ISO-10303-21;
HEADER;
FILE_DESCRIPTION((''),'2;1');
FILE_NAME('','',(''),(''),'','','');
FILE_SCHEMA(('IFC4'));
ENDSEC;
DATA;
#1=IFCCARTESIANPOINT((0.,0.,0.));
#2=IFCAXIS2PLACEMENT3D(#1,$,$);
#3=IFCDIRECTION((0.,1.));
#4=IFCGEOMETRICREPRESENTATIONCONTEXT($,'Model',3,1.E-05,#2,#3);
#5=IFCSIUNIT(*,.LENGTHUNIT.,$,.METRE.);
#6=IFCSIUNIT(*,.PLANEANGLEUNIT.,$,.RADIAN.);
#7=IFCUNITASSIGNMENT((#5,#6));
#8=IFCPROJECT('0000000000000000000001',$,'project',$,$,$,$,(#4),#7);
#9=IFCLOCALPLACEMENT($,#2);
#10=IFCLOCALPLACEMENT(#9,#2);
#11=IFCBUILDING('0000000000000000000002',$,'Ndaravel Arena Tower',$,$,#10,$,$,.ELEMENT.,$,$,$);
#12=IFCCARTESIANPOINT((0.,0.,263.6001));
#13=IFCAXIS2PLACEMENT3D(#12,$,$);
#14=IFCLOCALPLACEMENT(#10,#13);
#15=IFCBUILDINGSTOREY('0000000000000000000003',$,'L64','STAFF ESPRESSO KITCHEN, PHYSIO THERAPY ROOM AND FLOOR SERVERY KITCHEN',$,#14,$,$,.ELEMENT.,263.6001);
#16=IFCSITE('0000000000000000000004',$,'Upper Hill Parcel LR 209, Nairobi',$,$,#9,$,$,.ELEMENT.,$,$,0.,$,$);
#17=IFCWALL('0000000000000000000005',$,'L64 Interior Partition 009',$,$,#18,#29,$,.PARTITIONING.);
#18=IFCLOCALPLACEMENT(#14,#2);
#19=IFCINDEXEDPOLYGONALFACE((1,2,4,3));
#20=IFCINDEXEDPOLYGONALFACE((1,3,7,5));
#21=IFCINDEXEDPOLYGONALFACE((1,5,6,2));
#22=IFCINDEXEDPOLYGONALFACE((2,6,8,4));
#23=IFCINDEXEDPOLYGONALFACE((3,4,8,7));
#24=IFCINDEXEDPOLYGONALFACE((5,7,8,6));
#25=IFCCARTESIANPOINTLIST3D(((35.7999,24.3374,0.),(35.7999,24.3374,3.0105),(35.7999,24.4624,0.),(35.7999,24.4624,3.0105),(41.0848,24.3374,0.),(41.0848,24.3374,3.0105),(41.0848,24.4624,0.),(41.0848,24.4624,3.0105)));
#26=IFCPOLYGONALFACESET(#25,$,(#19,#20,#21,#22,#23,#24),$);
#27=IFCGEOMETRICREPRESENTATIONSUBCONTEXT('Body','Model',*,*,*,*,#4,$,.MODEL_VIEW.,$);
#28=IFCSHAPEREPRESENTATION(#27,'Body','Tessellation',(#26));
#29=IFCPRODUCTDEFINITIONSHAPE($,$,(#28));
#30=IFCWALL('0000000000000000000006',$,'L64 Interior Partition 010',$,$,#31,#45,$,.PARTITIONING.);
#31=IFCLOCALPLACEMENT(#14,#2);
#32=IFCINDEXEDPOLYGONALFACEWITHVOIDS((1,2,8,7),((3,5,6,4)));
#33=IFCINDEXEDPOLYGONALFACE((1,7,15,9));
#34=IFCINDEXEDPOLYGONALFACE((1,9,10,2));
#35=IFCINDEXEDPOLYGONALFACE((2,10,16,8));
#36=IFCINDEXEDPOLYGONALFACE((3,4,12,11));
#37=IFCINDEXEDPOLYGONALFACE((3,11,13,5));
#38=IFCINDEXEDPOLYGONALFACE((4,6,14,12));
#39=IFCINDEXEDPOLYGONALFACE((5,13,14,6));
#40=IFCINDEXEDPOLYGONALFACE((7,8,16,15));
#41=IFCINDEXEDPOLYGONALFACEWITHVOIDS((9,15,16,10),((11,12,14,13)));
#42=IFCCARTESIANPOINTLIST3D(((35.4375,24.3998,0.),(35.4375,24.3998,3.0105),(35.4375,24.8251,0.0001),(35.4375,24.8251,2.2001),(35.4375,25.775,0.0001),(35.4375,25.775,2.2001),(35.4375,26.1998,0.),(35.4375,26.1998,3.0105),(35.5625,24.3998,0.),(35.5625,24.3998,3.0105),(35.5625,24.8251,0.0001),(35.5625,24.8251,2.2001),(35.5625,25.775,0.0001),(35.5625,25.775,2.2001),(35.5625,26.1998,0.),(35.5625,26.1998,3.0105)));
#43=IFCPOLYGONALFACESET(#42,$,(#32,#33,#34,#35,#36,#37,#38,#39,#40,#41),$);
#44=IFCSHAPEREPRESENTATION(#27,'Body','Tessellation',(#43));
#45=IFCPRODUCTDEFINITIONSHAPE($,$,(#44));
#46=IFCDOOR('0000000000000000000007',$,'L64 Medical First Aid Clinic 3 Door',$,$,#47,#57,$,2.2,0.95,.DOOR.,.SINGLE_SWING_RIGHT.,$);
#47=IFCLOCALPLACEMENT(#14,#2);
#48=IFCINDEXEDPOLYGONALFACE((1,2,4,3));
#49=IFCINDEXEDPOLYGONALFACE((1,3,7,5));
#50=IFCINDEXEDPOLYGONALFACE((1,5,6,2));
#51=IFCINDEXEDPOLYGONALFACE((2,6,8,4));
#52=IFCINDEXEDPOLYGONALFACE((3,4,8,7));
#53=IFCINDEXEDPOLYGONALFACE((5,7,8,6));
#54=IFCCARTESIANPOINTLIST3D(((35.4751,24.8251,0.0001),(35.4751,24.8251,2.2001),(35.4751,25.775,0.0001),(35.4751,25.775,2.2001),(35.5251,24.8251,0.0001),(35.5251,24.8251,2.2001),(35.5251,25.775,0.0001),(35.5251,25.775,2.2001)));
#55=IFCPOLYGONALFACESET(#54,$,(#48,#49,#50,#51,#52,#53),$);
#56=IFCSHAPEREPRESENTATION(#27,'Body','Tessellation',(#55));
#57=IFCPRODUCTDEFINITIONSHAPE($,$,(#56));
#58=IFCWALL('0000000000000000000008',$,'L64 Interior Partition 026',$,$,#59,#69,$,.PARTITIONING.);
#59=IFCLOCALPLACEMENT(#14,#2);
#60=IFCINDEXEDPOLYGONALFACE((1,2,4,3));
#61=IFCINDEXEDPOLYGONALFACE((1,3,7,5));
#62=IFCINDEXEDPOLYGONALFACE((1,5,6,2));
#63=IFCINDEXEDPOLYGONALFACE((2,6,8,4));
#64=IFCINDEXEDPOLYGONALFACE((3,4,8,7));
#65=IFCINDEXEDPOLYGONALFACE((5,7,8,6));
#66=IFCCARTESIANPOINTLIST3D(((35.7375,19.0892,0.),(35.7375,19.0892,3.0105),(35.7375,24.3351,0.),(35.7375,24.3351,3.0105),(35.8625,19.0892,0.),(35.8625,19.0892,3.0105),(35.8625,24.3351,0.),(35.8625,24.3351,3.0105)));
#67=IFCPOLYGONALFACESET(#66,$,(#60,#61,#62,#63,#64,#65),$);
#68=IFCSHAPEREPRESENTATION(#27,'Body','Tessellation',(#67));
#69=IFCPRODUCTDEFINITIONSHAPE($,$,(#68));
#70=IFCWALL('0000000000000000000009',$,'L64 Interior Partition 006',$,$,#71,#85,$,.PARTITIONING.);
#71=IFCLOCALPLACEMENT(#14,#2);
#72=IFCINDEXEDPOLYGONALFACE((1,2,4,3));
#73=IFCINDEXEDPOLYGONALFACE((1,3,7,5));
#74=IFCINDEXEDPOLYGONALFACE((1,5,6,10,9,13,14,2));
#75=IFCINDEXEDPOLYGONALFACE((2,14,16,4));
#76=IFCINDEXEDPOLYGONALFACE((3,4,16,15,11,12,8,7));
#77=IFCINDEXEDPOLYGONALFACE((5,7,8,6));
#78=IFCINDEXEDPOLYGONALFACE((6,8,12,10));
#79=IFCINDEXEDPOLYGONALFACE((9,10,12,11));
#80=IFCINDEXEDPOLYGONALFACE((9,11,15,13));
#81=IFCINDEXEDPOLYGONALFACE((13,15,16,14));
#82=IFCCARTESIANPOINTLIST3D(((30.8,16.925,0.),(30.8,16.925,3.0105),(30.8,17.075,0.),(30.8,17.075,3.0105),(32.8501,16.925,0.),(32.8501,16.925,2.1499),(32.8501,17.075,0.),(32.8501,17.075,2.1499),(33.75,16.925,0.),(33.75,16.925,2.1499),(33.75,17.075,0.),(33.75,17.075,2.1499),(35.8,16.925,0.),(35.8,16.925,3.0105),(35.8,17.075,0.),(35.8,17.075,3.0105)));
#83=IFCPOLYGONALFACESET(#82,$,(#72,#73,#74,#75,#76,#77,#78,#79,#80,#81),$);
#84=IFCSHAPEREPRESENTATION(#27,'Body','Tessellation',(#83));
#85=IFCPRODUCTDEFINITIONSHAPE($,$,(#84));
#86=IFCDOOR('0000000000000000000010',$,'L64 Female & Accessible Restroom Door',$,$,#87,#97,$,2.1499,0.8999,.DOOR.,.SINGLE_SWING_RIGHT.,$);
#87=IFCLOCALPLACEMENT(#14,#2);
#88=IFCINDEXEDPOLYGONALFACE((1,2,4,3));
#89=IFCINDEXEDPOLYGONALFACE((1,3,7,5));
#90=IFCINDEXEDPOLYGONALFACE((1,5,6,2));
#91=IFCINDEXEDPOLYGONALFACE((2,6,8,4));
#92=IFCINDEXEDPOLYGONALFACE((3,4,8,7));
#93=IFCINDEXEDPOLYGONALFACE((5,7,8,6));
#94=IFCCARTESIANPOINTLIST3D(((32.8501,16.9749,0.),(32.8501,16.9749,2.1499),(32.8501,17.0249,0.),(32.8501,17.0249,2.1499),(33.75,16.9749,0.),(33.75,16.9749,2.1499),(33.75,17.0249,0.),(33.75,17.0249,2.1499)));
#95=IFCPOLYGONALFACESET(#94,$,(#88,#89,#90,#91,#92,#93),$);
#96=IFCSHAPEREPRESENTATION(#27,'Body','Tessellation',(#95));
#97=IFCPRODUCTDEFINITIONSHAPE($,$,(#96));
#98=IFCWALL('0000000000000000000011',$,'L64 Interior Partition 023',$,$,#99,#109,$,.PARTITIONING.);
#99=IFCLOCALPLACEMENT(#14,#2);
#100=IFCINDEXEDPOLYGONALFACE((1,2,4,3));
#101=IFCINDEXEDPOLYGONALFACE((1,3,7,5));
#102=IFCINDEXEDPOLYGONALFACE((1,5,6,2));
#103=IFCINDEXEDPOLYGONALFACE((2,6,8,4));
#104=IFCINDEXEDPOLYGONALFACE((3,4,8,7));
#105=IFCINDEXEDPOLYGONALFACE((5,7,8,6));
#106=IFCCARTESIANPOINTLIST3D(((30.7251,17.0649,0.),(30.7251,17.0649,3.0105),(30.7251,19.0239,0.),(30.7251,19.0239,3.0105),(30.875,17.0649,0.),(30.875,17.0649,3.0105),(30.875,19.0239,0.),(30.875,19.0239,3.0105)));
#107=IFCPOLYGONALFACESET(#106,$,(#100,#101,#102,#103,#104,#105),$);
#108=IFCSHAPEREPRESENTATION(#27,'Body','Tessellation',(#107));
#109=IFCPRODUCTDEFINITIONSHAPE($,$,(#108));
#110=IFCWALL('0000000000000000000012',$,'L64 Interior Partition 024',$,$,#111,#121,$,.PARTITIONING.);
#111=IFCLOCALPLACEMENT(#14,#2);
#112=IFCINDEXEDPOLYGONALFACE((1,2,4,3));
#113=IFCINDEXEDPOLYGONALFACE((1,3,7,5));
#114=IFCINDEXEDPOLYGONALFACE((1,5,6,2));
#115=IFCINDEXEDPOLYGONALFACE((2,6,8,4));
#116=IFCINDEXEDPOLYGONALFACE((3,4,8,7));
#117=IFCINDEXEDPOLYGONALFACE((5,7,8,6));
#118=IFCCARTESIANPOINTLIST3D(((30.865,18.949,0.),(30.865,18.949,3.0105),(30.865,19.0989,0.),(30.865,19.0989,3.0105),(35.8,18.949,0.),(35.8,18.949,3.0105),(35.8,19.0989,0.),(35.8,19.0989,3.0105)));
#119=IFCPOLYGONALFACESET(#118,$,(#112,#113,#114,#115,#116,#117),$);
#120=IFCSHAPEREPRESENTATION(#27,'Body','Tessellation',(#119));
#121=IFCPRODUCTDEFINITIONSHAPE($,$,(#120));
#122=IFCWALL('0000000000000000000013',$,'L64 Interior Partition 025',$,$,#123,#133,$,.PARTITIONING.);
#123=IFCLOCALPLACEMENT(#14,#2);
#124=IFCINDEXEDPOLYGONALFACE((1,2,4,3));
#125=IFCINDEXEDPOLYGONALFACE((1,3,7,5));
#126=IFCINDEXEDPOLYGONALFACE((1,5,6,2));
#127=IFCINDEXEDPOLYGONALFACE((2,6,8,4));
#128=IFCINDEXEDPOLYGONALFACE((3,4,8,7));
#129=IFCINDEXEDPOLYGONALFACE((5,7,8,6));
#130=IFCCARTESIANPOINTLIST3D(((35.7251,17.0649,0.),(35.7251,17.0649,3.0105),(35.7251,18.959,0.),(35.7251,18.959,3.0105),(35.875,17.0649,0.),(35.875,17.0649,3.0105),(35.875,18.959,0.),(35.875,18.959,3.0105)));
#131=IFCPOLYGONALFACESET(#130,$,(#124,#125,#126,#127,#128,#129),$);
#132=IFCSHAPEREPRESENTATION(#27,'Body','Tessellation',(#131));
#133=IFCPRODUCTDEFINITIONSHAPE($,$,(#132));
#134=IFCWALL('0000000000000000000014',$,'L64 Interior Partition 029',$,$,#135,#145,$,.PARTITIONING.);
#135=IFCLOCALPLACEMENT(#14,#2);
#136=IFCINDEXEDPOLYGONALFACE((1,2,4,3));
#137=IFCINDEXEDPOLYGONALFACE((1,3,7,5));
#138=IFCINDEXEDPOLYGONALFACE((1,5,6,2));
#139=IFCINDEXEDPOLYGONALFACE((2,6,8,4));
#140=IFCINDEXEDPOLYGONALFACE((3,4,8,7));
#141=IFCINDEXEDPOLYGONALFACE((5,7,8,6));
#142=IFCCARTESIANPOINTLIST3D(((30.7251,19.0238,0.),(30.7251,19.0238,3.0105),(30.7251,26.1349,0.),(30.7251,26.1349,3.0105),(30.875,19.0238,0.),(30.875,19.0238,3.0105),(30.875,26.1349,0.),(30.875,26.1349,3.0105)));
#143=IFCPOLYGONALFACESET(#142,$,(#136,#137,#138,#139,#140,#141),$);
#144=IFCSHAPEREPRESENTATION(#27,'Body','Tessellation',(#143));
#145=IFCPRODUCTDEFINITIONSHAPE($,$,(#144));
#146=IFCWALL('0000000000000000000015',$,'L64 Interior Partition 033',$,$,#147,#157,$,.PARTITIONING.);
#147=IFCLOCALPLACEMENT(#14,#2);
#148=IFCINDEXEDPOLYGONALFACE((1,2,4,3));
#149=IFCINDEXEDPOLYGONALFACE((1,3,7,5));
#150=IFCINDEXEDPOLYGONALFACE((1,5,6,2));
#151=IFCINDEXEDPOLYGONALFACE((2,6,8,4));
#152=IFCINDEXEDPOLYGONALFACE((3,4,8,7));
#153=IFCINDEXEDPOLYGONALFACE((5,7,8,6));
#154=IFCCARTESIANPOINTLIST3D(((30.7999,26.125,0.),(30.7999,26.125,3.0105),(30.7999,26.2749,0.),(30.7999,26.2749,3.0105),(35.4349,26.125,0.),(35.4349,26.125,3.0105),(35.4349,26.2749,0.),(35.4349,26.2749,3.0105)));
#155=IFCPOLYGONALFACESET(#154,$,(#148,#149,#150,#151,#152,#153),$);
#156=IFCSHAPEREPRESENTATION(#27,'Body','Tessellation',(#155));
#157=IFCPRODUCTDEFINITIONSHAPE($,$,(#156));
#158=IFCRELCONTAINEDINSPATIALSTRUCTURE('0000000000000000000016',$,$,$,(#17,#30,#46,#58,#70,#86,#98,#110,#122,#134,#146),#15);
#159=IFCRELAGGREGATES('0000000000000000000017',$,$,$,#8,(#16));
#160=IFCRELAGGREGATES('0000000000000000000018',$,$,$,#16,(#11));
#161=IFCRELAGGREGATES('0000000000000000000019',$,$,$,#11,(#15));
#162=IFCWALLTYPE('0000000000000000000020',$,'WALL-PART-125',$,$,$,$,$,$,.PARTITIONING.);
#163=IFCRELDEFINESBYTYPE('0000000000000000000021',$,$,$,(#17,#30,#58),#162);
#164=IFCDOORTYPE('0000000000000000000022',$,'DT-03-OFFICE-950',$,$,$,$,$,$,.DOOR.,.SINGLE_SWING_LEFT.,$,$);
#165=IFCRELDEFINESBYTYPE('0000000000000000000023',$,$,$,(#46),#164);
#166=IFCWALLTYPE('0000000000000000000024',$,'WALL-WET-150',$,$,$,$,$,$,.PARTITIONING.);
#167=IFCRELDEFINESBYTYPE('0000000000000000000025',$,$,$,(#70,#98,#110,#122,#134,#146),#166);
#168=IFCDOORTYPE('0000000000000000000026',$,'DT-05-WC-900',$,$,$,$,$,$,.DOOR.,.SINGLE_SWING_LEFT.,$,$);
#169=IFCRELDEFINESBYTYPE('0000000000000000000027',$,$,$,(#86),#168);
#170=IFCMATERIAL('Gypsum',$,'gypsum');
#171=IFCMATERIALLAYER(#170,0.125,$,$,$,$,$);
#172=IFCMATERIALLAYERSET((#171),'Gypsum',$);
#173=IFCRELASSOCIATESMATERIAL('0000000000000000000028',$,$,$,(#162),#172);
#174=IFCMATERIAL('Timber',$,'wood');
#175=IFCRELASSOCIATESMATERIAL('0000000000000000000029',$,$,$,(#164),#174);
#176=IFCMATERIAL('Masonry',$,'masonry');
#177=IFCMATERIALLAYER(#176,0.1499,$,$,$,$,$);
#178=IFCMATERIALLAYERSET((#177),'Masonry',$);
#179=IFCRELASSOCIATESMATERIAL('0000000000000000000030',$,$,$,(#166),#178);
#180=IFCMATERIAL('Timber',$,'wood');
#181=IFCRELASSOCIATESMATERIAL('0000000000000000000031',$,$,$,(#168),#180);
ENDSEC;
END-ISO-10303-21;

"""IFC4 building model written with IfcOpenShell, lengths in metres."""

from ifc_helpers import new_model, si_unit, direction, frame, frame_2d, origin, place, context, subcontext, project, spatial, rectangle, extrude, material, layer, layer_set, type_object, element, fill, save


model = new_model("IFC4")

# Units and contexts
model_context = context("Model", 3, precision=1e-05, world=origin(), true_north=direction((0.0, 1.0)))
body_context = subcontext(model_context, "Body", "Model", "MODEL_VIEW")
ifc_project = project(units=[si_unit("LENGTHUNIT", "METRE"), si_unit("PLANEANGLEUNIT", "RADIAN")], contexts=[model_context])

# Site, building, storey
site_placement = place(None, origin())
site = spatial("IfcSite", under=ifc_project, at=site_placement, Name="Upper Hill Parcel LR 209, Nairobi", CompositionType="ELEMENT", RefElevation=0.0)
building_placement = place(site_placement, origin())
building = spatial("IfcBuilding", under=site, at=building_placement, Name="Ndaravel Arena Tower", CompositionType="ELEMENT")
storey_placement = place(building_placement, frame((0.0, 0.0, 263.6001)))
storey = spatial("IfcBuildingStorey", under=building, at=storey_placement, Name="L64", Description="STAFF ESPRESSO KITCHEN, PHYSIO THERAPY ROOM AND FLOOR SERVERY KITCHEN", CompositionType="ELEMENT", Elevation=263.6001)

# Shared definitions
ifc_material_1 = material(Name="Gypsum", Category="gypsum")
ifc_layer_1 = layer(ifc_material_1, 0.125)
ifc_layer_set_1 = layer_set([ifc_layer_1], Name="Gypsum")
wall_type_1 = type_object("IfcWallType", Name="WALL-PART-125", PredefinedType="PARTITIONING", material=ifc_layer_set_1)

# Wall
wall_1_placement = place(storey_placement, frame((41.085, 24.3999, 0.0), z_axis=(0.0, 0.0, 1.0), x_axis=(-1.0, 0.0, 0.0)))
element("IfcWall", 1, at=wall_1_placement, inside=storey, type_object=wall_type_1, Name="L64 Interior Partition 009", PredefinedType="PARTITIONING", context=body_context, shape_type="SweptSolid", body=[
    extrude(rectangle(XDim=5.2849, YDim=0.125, at=frame_2d((2.6426, 0.0))), origin(), (0.0, 0.0, 1.0), 3.0105),
])

# Wall, opening, door
wall_2_placement = place(storey_placement, frame((35.5, 24.3999, 0.0), z_axis=(0.0, 0.0, 1.0), x_axis=(0.0, 1.0, 0.0)))
wall_2 = element("IfcWall", 2, at=wall_2_placement, inside=storey, type_object=wall_type_1, Name="L64 Interior Partition 010", PredefinedType="PARTITIONING", context=body_context, shape_type="SweptSolid", body=[
    extrude(rectangle(XDim=1.8, YDim=0.125, at=frame_2d((0.8999, 0.0))), origin(), (0.0, 0.0, 1.0), 3.0105),
])
opening_1_placement = place(wall_2_placement, frame((0.425, 0.0, 0.0)))
opening_1 = element("IfcOpeningElement", 3, at=opening_1_placement, cuts=wall_2, PredefinedType="OPENING", context=body_context, shape_type="SweptSolid", body=[
    extrude(rectangle(XDim=0.95, YDim=2.2, at=frame_2d((0.4751, 1.1001))), frame((0.0, 0.0625, 0.0), z_axis=(0.0, -1.0, 0.0), x_axis=(1.0, 0.0, 0.0)), (0.0, 0.0, 1.0), 0.125),
])
ifc_material_2 = material(Name="Timber", Category="wood")
door_type_1 = type_object("IfcDoorType", Name="DT-03-OFFICE-950", OperationType="SINGLE_SWING_LEFT", PredefinedType="DOOR", material=ifc_material_2)
door_1_placement = place(opening_1_placement, origin())
door_1 = element("IfcDoor", 4, at=door_1_placement, inside=storey, type_object=door_type_1, Name="L64 Medical First Aid Clinic 3 Door", OperationType="SINGLE_SWING_RIGHT", OverallHeight=2.2, OverallWidth=0.95, PredefinedType="DOOR", context=body_context, shape_type="SweptSolid", body=[
    extrude(rectangle(XDim=0.95, YDim=2.2, at=frame_2d((0.4751, 1.1001))), frame((0.0, 0.0249, 0.0), z_axis=(0.0, -1.0, 0.0), x_axis=(1.0, 0.0, 0.0)), (0.0, 0.0, 1.0), 0.05),
])
fill(opening_1, door_1)

# Wall
wall_3_placement = place(storey_placement, frame((35.8, 19.0891, 0.0), z_axis=(0.0, 0.0, 1.0), x_axis=(0.0, 1.0, 0.0)))
element("IfcWall", 5, at=wall_3_placement, inside=storey, type_object=wall_type_1, Name="L64 Interior Partition 026", PredefinedType="PARTITIONING", context=body_context, shape_type="SweptSolid", body=[
    extrude(rectangle(XDim=5.2458, YDim=0.125, at=frame_2d((2.623, 0.0))), origin(), (0.0, 0.0, 1.0), 3.0105),
])

# Wall, opening, door
ifc_material_3 = material(Name="Masonry", Category="masonry")
ifc_layer_2 = layer(ifc_material_3, 0.1499)
ifc_layer_set_2 = layer_set([ifc_layer_2], Name="Masonry")
wall_type_2 = type_object("IfcWallType", Name="WALL-WET-150", PredefinedType="PARTITIONING", material=ifc_layer_set_2)
wall_4_placement = place(storey_placement, frame((30.8, 17.0, 0.0), z_axis=(0.0, 0.0, 1.0), x_axis=(1.0, 0.0, 0.0)))
wall_4 = element("IfcWall", 6, at=wall_4_placement, inside=storey, type_object=wall_type_2, Name="L64 Interior Partition 006", PredefinedType="PARTITIONING", context=body_context, shape_type="SweptSolid", body=[
    extrude(rectangle(XDim=5.0, YDim=0.1499, at=frame_2d((2.5, 0.0))), origin(), (0.0, 0.0, 1.0), 3.0105),
])
opening_2_placement = place(wall_4_placement, frame((2.05, 0.0, 0.0)))
opening_2 = element("IfcOpeningElement", 7, at=opening_2_placement, cuts=wall_4, PredefinedType="OPENING", context=body_context, shape_type="SweptSolid", body=[
    extrude(rectangle(XDim=0.8999, YDim=2.1499, at=frame_2d((0.45, 1.075))), frame((0.0, 0.075, 0.0), z_axis=(0.0, -1.0, 0.0), x_axis=(1.0, 0.0, 0.0)), (0.0, 0.0, 1.0), 0.1499),
])
ifc_material_4 = material(Name="Timber", Category="wood")
door_type_2 = type_object("IfcDoorType", Name="DT-05-WC-900", OperationType="SINGLE_SWING_LEFT", PredefinedType="DOOR", material=ifc_material_4)
door_2_placement = place(opening_2_placement, origin())
door_2 = element("IfcDoor", 8, at=door_2_placement, inside=storey, type_object=door_type_2, Name="L64 Female & Accessible Restroom Door", OperationType="SINGLE_SWING_RIGHT", OverallHeight=2.1499, OverallWidth=0.8999, PredefinedType="DOOR", context=body_context, shape_type="SweptSolid", body=[
    extrude(rectangle(XDim=0.8999, YDim=2.1499, at=frame_2d((0.45, 1.075))), frame((0.0, 0.0249, 0.0), z_axis=(0.0, -1.0, 0.0), x_axis=(1.0, 0.0, 0.0)), (0.0, 0.0, 1.0), 0.05),
])
fill(opening_2, door_2)

# Walls
wall_5_placement = place(storey_placement, frame((30.8, 17.0649, 0.0), z_axis=(0.0, 0.0, 1.0), x_axis=(0.0, 1.0, 0.0)))
element("IfcWall", 9, at=wall_5_placement, inside=storey, type_object=wall_type_2, Name="L64 Interior Partition 023", PredefinedType="PARTITIONING", context=body_context, shape_type="SweptSolid", body=[
    extrude(rectangle(XDim=1.959, YDim=0.1499, at=frame_2d((0.9795, 0.0))), origin(), (0.0, 0.0, 1.0), 3.0105),
])
wall_6_placement = place(storey_placement, frame((30.865, 19.0239, 0.0), z_axis=(0.0, 0.0, 1.0), x_axis=(1.0, 0.0, 0.0)))
element("IfcWall", 10, at=wall_6_placement, inside=storey, type_object=wall_type_2, Name="L64 Interior Partition 024", PredefinedType="PARTITIONING", context=body_context, shape_type="SweptSolid", body=[
    extrude(rectangle(XDim=4.9351, YDim=0.1499, at=frame_2d((2.4675, 0.0))), origin(), (0.0, 0.0, 1.0), 3.0105),
])
wall_7_placement = place(storey_placement, frame((35.8, 18.959, 0.0), z_axis=(0.0, 0.0, 1.0), x_axis=(0.0, -1.0, 0.0)))
element("IfcWall", 11, at=wall_7_placement, inside=storey, type_object=wall_type_2, Name="L64 Interior Partition 025", PredefinedType="PARTITIONING", context=body_context, shape_type="SweptSolid", body=[
    extrude(rectangle(XDim=1.894, YDim=0.1499, at=frame_2d((0.947, 0.0))), origin(), (0.0, 0.0, 1.0), 3.0105),
])
wall_8_placement = place(storey_placement, frame((30.8, 26.135, 0.0), z_axis=(0.0, 0.0, 1.0), x_axis=(0.0, -1.0, 0.0)))
element("IfcWall", 12, at=wall_8_placement, inside=storey, type_object=wall_type_2, Name="L64 Interior Partition 029", PredefinedType="PARTITIONING", context=body_context, shape_type="SweptSolid", body=[
    extrude(rectangle(XDim=7.1111, YDim=0.1499, at=frame_2d((3.5557, 0.0))), origin(), (0.0, 0.0, 1.0), 3.0105),
])
wall_9_placement = place(storey_placement, frame((30.8, 26.2, 0.0), z_axis=(0.0, 0.0, 1.0), x_axis=(1.0, 0.0, 0.0)))
element("IfcWall", 13, at=wall_9_placement, inside=storey, type_object=wall_type_2, Name="L64 Interior Partition 033", PredefinedType="PARTITIONING", context=body_context, shape_type="SweptSolid", body=[
    extrude(rectangle(XDim=4.635, YDim=0.1499, at=frame_2d((2.3174, 0.0))), origin(), (0.0, 0.0, 1.0), 3.0105),
])

save(model, "model.ifc")
